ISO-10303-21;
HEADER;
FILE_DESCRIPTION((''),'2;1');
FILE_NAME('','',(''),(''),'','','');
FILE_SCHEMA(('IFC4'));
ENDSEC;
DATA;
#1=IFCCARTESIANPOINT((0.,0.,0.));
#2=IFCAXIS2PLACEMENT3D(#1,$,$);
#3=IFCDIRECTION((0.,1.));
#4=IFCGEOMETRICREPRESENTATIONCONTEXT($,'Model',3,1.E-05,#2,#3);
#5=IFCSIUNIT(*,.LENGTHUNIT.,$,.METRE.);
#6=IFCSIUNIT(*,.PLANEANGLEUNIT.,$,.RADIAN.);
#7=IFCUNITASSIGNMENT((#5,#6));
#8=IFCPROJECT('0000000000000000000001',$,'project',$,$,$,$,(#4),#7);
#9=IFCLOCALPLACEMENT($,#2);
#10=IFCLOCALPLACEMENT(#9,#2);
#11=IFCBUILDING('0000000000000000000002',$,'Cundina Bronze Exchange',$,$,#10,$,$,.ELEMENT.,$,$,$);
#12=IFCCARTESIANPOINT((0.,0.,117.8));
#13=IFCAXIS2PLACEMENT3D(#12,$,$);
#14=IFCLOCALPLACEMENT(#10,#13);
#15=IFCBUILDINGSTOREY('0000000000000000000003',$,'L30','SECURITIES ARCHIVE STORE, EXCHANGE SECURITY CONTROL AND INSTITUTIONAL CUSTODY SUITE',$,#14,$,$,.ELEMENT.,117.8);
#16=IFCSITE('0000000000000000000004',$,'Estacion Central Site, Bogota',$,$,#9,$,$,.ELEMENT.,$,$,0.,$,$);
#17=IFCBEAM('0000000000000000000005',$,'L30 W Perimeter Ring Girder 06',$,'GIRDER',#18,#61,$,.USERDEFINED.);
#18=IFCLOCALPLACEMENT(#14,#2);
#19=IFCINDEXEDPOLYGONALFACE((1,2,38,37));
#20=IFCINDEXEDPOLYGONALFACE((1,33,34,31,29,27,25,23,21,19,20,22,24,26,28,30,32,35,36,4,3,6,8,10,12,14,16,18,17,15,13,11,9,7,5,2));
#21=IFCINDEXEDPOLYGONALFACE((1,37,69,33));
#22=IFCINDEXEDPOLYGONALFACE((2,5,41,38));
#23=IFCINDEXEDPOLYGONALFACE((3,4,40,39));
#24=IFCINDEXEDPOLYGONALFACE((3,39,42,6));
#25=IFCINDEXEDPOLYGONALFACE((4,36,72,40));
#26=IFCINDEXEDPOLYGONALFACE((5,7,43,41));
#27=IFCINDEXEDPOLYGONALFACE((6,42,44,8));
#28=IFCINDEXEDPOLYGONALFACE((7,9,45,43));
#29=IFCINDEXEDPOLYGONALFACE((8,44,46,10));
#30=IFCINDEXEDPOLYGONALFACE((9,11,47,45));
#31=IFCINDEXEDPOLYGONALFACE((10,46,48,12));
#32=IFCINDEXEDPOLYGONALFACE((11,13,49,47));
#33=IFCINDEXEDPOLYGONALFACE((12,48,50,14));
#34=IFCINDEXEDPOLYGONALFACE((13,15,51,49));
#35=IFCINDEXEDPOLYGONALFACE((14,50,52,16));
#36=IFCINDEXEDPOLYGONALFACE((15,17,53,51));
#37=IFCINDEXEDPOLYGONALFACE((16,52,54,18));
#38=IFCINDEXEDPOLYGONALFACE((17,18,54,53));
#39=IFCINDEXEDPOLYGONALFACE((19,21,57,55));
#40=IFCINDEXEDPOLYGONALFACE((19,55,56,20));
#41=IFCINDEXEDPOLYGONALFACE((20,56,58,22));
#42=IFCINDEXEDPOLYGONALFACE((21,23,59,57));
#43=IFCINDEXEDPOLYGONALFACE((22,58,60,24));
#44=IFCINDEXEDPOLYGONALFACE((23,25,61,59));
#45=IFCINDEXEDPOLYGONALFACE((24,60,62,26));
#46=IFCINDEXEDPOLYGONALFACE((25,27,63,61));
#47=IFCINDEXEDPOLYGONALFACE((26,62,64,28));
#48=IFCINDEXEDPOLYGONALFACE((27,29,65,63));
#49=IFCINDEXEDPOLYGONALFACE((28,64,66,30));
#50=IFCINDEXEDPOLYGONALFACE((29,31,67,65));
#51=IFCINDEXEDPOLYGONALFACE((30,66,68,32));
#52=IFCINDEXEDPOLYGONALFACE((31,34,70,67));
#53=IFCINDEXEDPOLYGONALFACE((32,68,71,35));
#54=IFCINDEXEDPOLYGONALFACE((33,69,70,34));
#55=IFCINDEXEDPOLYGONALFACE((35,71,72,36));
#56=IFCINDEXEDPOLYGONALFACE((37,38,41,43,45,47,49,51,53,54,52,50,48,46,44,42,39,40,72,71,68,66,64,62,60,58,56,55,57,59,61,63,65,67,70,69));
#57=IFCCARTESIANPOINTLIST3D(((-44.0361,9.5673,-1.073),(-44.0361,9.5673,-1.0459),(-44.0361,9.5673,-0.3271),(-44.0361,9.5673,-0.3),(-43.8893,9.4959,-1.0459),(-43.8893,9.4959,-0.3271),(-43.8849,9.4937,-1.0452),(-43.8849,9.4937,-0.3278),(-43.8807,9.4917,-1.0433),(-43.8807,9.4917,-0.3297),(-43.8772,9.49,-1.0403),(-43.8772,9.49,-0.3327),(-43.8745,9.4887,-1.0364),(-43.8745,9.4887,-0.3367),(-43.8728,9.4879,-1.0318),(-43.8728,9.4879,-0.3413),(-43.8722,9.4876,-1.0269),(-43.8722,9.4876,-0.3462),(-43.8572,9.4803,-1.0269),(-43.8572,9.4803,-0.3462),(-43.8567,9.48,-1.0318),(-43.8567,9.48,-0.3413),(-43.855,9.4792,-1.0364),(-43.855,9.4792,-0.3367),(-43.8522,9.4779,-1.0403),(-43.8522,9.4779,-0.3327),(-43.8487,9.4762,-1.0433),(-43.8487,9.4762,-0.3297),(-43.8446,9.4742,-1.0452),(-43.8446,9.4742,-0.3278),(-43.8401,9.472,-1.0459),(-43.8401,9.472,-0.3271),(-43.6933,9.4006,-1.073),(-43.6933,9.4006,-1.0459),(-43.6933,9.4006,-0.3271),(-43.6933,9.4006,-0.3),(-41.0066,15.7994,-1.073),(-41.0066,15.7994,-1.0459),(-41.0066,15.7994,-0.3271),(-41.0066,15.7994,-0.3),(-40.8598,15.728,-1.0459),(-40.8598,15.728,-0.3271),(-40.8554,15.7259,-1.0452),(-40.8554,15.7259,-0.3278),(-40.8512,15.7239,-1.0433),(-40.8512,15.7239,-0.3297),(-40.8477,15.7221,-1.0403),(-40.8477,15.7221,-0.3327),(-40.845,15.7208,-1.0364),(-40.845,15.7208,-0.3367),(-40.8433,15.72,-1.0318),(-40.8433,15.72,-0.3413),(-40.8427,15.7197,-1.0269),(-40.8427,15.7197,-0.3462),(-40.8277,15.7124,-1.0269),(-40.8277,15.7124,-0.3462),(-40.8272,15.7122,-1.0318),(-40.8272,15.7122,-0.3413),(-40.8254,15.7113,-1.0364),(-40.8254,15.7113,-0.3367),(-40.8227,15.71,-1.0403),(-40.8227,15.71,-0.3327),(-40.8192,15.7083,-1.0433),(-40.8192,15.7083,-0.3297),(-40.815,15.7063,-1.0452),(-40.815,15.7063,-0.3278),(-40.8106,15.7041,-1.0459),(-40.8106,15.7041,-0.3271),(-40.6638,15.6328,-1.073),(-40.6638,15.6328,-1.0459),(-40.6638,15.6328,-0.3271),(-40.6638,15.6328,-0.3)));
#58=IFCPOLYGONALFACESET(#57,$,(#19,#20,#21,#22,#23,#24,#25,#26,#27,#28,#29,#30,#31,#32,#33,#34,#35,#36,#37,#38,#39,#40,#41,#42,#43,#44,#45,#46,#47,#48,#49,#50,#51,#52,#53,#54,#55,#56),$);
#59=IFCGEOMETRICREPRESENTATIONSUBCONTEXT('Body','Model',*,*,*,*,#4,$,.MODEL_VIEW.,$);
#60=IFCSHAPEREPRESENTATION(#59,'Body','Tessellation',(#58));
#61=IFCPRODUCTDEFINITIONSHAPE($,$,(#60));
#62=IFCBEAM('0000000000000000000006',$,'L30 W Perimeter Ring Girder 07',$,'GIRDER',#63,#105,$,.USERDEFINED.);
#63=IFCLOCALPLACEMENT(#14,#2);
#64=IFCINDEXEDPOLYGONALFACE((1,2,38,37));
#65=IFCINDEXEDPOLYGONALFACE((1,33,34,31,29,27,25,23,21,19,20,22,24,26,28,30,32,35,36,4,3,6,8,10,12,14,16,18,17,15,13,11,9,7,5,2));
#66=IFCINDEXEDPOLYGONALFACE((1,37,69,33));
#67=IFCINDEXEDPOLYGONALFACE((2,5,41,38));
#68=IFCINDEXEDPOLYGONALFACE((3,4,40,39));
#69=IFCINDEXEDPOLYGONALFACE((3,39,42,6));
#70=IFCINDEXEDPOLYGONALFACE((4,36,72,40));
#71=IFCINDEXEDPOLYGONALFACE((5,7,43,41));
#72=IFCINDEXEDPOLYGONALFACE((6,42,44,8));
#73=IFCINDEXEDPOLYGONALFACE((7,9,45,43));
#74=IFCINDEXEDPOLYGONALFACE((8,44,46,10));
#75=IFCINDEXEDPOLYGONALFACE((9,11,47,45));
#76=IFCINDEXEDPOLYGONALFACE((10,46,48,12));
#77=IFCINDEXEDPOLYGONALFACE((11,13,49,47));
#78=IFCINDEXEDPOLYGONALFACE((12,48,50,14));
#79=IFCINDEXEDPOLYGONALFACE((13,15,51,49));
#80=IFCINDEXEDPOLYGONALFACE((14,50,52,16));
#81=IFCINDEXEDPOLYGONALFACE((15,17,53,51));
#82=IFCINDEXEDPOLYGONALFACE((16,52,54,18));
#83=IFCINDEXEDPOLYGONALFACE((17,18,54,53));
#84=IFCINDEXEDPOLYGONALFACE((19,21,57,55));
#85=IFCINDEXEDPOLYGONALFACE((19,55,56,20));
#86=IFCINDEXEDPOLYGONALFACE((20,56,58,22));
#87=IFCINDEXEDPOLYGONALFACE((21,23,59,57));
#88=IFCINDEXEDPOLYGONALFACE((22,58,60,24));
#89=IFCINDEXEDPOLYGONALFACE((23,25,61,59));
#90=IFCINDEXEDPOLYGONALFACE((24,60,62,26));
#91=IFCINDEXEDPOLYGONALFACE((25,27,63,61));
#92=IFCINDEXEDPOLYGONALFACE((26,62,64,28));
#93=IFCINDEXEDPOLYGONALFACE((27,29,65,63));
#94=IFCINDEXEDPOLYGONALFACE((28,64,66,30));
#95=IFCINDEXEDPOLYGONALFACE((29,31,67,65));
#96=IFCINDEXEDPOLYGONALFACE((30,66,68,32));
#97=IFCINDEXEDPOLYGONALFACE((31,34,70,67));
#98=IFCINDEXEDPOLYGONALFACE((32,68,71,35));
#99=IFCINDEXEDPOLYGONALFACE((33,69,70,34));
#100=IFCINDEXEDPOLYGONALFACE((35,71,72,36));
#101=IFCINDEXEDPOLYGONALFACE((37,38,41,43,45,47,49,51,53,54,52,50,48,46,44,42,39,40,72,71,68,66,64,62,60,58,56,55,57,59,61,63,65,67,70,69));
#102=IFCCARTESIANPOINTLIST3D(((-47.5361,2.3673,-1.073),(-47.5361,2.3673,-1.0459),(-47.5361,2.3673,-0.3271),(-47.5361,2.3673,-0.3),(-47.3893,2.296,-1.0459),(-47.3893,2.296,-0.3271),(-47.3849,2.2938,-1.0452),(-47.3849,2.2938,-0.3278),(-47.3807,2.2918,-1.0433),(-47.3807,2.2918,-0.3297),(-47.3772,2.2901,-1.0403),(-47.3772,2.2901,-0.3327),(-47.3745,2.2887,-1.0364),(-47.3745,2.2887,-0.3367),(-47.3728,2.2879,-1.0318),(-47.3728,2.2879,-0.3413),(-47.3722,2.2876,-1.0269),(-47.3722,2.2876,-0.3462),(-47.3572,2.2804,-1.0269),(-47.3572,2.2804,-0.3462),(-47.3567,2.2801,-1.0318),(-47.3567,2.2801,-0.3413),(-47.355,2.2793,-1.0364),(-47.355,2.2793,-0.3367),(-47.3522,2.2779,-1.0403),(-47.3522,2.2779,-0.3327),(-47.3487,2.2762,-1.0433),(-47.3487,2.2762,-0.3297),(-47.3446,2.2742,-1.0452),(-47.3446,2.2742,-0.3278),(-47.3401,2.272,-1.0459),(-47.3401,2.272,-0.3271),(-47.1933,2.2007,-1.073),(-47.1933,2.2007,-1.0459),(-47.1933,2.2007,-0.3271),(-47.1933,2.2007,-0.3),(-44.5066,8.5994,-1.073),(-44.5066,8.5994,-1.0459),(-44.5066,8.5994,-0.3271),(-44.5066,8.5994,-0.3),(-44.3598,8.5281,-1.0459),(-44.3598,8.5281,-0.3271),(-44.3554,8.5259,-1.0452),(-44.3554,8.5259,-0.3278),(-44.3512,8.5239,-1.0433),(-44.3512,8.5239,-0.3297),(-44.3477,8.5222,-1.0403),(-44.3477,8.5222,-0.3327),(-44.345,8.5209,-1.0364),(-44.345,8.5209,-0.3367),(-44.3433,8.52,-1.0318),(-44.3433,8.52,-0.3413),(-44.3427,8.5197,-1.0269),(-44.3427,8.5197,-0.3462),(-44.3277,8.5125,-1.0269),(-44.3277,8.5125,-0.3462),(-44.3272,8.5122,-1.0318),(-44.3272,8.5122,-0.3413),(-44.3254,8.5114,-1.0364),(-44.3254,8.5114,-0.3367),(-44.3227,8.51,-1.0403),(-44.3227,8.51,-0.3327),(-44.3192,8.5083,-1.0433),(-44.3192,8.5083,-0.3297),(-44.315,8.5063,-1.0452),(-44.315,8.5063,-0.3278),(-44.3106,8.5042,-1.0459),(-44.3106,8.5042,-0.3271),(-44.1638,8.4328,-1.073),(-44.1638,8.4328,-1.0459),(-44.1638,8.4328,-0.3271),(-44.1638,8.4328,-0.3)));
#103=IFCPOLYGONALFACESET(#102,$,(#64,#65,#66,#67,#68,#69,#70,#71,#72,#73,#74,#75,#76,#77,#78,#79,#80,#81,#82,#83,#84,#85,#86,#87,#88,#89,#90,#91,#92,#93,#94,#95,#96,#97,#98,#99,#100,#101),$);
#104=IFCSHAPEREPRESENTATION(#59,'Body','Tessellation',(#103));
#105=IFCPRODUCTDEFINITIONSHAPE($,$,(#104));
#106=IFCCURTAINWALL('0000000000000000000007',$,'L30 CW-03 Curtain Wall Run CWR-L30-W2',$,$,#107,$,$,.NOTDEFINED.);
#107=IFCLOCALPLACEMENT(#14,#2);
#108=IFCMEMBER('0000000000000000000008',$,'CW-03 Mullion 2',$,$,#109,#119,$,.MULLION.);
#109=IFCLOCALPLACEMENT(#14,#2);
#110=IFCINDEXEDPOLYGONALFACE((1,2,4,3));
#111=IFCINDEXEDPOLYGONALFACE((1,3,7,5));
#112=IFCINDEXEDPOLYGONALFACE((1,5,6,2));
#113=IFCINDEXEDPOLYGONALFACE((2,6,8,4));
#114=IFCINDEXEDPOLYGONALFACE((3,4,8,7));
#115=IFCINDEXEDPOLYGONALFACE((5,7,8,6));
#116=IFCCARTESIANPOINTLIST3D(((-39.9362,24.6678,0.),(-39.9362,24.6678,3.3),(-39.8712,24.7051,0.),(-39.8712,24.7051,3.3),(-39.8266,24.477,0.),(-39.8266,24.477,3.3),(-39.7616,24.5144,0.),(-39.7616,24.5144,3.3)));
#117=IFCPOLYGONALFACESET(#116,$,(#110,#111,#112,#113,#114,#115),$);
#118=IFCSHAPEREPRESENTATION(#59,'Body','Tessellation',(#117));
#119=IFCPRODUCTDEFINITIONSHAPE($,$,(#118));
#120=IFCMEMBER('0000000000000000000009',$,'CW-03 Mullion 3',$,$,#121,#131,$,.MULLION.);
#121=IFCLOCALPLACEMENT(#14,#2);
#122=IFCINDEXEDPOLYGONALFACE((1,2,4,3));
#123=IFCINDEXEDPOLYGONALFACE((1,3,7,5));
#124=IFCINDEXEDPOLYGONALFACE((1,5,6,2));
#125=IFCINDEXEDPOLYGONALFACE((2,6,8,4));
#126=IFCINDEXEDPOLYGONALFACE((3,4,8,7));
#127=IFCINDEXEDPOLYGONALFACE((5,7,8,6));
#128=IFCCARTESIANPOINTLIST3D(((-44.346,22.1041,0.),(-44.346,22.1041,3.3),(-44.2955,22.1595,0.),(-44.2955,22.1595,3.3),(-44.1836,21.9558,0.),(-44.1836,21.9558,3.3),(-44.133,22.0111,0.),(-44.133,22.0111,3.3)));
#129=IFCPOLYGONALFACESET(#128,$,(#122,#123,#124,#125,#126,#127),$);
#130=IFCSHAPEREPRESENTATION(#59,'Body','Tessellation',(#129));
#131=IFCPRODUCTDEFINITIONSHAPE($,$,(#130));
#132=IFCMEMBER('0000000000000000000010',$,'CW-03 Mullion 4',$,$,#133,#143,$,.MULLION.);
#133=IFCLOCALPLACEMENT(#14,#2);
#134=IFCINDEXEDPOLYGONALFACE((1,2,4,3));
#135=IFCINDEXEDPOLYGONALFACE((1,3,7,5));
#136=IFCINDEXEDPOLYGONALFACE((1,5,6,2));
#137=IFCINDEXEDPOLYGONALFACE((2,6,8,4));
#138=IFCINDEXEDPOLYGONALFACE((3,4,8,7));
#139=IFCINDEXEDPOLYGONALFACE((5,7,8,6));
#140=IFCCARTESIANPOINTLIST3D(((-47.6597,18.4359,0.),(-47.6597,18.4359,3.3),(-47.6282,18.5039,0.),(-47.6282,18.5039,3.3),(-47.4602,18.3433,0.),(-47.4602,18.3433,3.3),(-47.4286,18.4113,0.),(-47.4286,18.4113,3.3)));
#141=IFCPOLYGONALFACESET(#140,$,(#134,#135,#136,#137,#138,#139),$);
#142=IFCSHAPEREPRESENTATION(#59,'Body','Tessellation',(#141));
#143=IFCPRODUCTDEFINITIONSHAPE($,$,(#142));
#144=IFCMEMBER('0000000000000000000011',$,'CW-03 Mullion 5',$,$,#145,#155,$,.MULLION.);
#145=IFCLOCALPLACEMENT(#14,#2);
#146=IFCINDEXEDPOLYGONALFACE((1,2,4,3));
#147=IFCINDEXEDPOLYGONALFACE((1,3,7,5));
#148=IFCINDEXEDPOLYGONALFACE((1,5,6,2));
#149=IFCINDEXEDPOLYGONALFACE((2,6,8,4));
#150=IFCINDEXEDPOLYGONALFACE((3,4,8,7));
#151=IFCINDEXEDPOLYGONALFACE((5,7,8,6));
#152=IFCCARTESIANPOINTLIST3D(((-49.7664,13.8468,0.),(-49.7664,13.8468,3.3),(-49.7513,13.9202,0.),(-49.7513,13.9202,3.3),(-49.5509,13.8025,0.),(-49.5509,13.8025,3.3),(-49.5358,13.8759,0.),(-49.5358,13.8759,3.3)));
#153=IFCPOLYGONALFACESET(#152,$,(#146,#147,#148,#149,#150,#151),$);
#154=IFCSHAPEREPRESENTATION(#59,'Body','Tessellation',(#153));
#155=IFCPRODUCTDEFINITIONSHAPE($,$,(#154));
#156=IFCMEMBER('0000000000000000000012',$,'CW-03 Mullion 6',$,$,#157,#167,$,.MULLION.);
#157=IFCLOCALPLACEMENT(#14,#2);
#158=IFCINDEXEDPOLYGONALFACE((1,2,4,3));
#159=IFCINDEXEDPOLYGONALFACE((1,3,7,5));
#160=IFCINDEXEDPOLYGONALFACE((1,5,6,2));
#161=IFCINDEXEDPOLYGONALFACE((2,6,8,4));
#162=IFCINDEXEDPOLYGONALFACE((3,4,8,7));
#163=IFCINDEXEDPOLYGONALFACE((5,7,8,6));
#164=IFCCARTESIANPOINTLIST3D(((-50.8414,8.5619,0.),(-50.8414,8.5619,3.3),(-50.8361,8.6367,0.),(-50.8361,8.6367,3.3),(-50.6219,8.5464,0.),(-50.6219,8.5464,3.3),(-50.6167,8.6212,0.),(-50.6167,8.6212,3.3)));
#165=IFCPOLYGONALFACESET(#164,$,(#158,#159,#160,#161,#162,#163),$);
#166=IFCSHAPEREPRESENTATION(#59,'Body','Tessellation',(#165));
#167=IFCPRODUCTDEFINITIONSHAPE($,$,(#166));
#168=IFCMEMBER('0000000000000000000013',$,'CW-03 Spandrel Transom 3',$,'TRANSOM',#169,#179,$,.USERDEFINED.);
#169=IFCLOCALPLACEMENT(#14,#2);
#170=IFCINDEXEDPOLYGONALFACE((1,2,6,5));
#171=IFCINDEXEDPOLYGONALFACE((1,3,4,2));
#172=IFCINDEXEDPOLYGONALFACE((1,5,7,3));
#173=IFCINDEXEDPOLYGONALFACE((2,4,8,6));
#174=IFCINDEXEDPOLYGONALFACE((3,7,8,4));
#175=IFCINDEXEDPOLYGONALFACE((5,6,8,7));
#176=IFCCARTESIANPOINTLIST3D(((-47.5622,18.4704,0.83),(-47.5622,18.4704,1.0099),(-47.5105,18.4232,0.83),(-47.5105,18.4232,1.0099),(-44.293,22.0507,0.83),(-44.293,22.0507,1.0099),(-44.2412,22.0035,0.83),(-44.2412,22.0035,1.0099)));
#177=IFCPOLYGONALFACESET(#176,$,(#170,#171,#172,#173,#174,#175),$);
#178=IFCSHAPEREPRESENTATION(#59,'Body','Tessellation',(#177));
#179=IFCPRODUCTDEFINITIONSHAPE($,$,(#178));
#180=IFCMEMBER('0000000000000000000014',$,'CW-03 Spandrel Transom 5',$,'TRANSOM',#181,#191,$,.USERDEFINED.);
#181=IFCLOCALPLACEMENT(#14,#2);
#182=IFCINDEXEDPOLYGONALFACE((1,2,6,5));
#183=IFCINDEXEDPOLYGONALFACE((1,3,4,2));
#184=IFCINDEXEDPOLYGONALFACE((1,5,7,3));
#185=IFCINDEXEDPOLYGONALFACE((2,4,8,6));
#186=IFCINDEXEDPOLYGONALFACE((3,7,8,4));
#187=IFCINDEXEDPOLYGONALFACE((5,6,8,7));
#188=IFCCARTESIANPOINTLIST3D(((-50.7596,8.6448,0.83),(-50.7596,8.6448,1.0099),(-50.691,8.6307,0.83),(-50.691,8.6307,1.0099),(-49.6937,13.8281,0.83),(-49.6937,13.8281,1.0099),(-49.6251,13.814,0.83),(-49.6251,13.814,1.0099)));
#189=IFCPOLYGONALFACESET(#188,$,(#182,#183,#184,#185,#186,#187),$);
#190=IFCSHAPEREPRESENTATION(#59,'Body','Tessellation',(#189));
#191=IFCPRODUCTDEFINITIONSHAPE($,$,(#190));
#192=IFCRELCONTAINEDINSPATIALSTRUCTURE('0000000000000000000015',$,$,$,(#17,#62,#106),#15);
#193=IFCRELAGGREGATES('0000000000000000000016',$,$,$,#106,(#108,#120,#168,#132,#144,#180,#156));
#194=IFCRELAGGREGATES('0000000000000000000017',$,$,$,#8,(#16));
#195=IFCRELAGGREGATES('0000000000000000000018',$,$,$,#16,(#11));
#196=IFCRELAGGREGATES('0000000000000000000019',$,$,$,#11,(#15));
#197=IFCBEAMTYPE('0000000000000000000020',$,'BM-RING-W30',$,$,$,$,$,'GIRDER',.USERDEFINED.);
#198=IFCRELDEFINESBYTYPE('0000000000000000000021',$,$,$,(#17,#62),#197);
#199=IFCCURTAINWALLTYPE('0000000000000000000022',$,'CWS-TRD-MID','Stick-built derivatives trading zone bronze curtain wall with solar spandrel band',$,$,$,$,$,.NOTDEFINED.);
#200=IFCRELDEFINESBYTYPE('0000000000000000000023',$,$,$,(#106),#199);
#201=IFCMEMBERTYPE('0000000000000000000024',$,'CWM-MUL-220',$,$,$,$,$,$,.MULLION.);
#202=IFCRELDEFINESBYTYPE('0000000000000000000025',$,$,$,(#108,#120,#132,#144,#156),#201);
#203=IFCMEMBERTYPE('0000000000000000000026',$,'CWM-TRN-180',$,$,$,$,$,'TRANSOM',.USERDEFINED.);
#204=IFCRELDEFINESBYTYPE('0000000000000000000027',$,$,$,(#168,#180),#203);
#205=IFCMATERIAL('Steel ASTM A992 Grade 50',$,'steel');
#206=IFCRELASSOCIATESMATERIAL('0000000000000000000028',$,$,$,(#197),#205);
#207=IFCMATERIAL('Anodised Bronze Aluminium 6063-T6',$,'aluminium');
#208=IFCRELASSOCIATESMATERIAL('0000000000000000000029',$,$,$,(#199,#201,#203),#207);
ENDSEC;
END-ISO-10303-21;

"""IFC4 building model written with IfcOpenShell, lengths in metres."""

from ifc_helpers import new_model, si_unit, direction, frame, origin, origin_2d, place, context, subcontext, project, spatial, rectangle, i_section, extrude, material, material_profile, profile_set, type_object, element, aggregate, save


model = new_model("IFC4")

# Units and contexts
model_context = context("Model", 3, precision=1e-05, world=origin(), true_north=direction((0.0, 1.0)))
body_context = subcontext(model_context, "Body", "Model", "MODEL_VIEW")
ifc_project = project(units=[si_unit("LENGTHUNIT", "METRE"), si_unit("PLANEANGLEUNIT", "RADIAN")], contexts=[model_context])

# Site, building, storey
site_placement = place(None, origin())
site = spatial("IfcSite", under=ifc_project, at=site_placement, Name="Estacion Central Site, Bogota", CompositionType="ELEMENT", RefElevation=0.0)
building_placement = place(site_placement, origin())
building = spatial("IfcBuilding", under=site, at=building_placement, Name="Cundina Bronze Exchange", CompositionType="ELEMENT")
storey_placement = place(building_placement, frame((0.0, 0.0, 117.8)))
storey = spatial("IfcBuildingStorey", under=building, at=storey_placement, Name="L30", Description="SECURITIES ARCHIVE STORE, EXCHANGE SECURITY CONTROL AND INSTITUTIONAL CUSTODY SUITE", CompositionType="ELEMENT", Elevation=117.8)

# Beams
ifc_material_1 = material(Name="Steel ASTM A992 Grade 50", Category="steel")
ifc_material_profile_1 = material_profile(ifc_material_1, i_section(OverallWidth=0.3811, OverallDepth=0.7729, WebThickness=0.0166, FlangeThickness=0.0271, FilletRadius=0.019, at=origin_2d()), Name="W30X173", Category="steel")
ifc_profile_set_1 = profile_set([ifc_material_profile_1], Name="Steel ASTM A992 Grade 50")
beam_type_1 = type_object("IfcBeamType", Name="BM-RING-W30", ElementType="GIRDER", PredefinedType="USERDEFINED", material=ifc_profile_set_1)
for number, where, z_axis, x_axis, name in (
    (1, (-40.8352, 15.7161, -0.6865), (-0.437194, -0.899367, 0.0), (0.899367, -0.437194, 0.0), "L30 W Perimeter Ring Girder 06"),
    (2, (-44.3352, 8.5161, -0.6865), (-0.437194, -0.899367, 0.0), (0.899367, -0.437194, 0.0), "L30 W Perimeter Ring Girder 07"),
):
    element("IfcBeam", number, at=place(storey_placement, frame(where, z_axis=z_axis, x_axis=x_axis)), inside=storey, type_object=beam_type_1, Name=name, ObjectType="GIRDER", PredefinedType="USERDEFINED", context=body_context, shape_type="SweptSolid", body=[
        extrude(i_section(OverallWidth=0.3811, OverallDepth=0.7729, WebThickness=0.0166, FlangeThickness=0.0271, FilletRadius=0.019, at=origin_2d()), origin(), (0.0, 0.0, 1.0), 6.9294),
    ])

# Curtain wall, members
ifc_material_2 = material(Name="Anodised Bronze Aluminium 6063-T6", Category="aluminium")
curtain_wall_type = type_object("IfcCurtainWallType", Name="CWS-TRD-MID", Description="Stick-built derivatives trading zone bronze curtain wall with solar spandrel band", PredefinedType="NOTDEFINED", material=ifc_material_2)
curtain_wall_placement = place(storey_placement, origin())
curtain_wall = element("IfcCurtainWall", 3, at=curtain_wall_placement, inside=storey, type_object=curtain_wall_type, Name="L30 CW-03 Curtain Wall Run CWR-L30-W2", PredefinedType="NOTDEFINED")
ifc_material_profile_2 = material_profile(ifc_material_2, rectangle(XDim=0.075, YDim=0.22, at=origin_2d()), Name="AL75X220", Category="aluminium")
ifc_profile_set_2 = profile_set([ifc_material_profile_2], Name="Anodised Bronze Aluminium 6063-T6")
member_type_1 = type_object("IfcMemberType", Name="CWM-MUL-220", PredefinedType="MULLION", material=ifc_profile_set_2)
member_1_placement = place(storey_placement, frame((-39.8489, 24.5911, 0.0), z_axis=(0.0, 0.0, 1.0), x_axis=(-0.867071, -0.498185, 0.0)))
member_1 = element("IfcMember", 4, at=member_1_placement, type_object=member_type_1, Name="CW-03 Mullion 2", PredefinedType="MULLION", context=body_context, shape_type="SweptSolid", body=[
    extrude(rectangle(XDim=0.075, YDim=0.22, at=origin_2d()), origin(), (0.0, 0.0, 1.0), 3.3),
])
member_2_placement = place(storey_placement, frame((-44.2395, 22.0576, 0.0), z_axis=(0.0, 0.0, 1.0), x_axis=(-0.674302, -0.738455, 0.0)))
member_2 = element("IfcMember", 5, at=member_2_placement, type_object=member_type_1, Name="CW-03 Mullion 3", PredefinedType="MULLION", context=body_context, shape_type="SweptSolid", body=[
    extrude(rectangle(XDim=0.075, YDim=0.22, at=origin_2d()), origin(), (0.0, 0.0, 1.0), 3.3),
])
member_3_placement = place(storey_placement, frame((-47.5442, 18.4236, 0.0), z_axis=(0.0, 0.0, 1.0), x_axis=(-0.420877, -0.907117, 0.0)))
member_3 = element("IfcMember", 6, at=member_3_placement, type_object=member_type_1, Name="CW-03 Mullion 4", PredefinedType="MULLION", context=body_context, shape_type="SweptSolid", body=[
    extrude(rectangle(XDim=0.075, YDim=0.22, at=origin_2d()), origin(), (0.0, 0.0, 1.0), 3.3),
])
member_4_placement = place(storey_placement, frame((-49.6511, 13.8613, 0.0), z_axis=(0.0, 0.0, 1.0), x_axis=(-0.20142, -0.979505, 0.0)))
member_4 = element("IfcMember", 7, at=member_4_placement, type_object=member_type_1, Name="CW-03 Mullion 5", PredefinedType="MULLION", context=body_context, shape_type="SweptSolid", body=[
    extrude(rectangle(XDim=0.075, YDim=0.22, at=origin_2d()), origin(), (0.0, 0.0, 1.0), 3.3),
])
member_5_placement = place(storey_placement, frame((-50.729, 8.5916, 0.0), z_axis=(0.0, 0.0, 1.0), x_axis=(-0.070279, -0.997527, 0.0)))
member_5 = element("IfcMember", 8, at=member_5_placement, type_object=member_type_1, Name="CW-03 Mullion 6", PredefinedType="MULLION", context=body_context, shape_type="SweptSolid", body=[
    extrude(rectangle(XDim=0.075, YDim=0.22, at=origin_2d()), origin(), (0.0, 0.0, 1.0), 3.3),
])
ifc_material_profile_3 = material_profile(ifc_material_2, rectangle(XDim=0.0701, YDim=0.1799, at=origin_2d()), Name="AL70X180", Category="aluminium")
ifc_profile_set_3 = profile_set([ifc_material_profile_3], Name="Anodised Bronze Aluminium 6063-T6")
member_type_2 = type_object("IfcMemberType", Name="CWM-TRN-180", ElementType="TRANSOM", PredefinedType="USERDEFINED", material=ifc_profile_set_3)
member_6_placement = place(storey_placement, frame((-44.2671, 22.0271, 0.9199), z_axis=(-0.674303, -0.738455, 0.0), x_axis=(0.738455, -0.674303, 0.0)))
member_6 = element("IfcMember", 9, at=member_6_placement, type_object=member_type_2, Name="CW-03 Spandrel Transom 3", ObjectType="TRANSOM", PredefinedType="USERDEFINED", context=body_context, shape_type="SweptSolid", body=[
    extrude(rectangle(XDim=0.0701, YDim=0.1799, at=origin_2d()), origin(), (0.0, 0.0, 1.0), 4.8484),
])
member_7_placement = place(storey_placement, frame((-49.6594, 13.821, 0.9199), z_axis=(-0.201428, -0.979503, 0.0), x_axis=(0.979503, -0.201428, 0.0)))
member_7 = element("IfcMember", 10, at=member_7_placement, type_object=member_type_2, Name="CW-03 Spandrel Transom 5", ObjectType="TRANSOM", PredefinedType="USERDEFINED", context=body_context, shape_type="SweptSolid", body=[
    extrude(rectangle(XDim=0.0701, YDim=0.1799, at=origin_2d()), origin(), (0.0, 0.0, 1.0), 5.2917),
])
aggregate(curtain_wall, [member_1, member_2, member_6, member_3, member_4, member_7, member_5])

save(model, "model.ifc")
